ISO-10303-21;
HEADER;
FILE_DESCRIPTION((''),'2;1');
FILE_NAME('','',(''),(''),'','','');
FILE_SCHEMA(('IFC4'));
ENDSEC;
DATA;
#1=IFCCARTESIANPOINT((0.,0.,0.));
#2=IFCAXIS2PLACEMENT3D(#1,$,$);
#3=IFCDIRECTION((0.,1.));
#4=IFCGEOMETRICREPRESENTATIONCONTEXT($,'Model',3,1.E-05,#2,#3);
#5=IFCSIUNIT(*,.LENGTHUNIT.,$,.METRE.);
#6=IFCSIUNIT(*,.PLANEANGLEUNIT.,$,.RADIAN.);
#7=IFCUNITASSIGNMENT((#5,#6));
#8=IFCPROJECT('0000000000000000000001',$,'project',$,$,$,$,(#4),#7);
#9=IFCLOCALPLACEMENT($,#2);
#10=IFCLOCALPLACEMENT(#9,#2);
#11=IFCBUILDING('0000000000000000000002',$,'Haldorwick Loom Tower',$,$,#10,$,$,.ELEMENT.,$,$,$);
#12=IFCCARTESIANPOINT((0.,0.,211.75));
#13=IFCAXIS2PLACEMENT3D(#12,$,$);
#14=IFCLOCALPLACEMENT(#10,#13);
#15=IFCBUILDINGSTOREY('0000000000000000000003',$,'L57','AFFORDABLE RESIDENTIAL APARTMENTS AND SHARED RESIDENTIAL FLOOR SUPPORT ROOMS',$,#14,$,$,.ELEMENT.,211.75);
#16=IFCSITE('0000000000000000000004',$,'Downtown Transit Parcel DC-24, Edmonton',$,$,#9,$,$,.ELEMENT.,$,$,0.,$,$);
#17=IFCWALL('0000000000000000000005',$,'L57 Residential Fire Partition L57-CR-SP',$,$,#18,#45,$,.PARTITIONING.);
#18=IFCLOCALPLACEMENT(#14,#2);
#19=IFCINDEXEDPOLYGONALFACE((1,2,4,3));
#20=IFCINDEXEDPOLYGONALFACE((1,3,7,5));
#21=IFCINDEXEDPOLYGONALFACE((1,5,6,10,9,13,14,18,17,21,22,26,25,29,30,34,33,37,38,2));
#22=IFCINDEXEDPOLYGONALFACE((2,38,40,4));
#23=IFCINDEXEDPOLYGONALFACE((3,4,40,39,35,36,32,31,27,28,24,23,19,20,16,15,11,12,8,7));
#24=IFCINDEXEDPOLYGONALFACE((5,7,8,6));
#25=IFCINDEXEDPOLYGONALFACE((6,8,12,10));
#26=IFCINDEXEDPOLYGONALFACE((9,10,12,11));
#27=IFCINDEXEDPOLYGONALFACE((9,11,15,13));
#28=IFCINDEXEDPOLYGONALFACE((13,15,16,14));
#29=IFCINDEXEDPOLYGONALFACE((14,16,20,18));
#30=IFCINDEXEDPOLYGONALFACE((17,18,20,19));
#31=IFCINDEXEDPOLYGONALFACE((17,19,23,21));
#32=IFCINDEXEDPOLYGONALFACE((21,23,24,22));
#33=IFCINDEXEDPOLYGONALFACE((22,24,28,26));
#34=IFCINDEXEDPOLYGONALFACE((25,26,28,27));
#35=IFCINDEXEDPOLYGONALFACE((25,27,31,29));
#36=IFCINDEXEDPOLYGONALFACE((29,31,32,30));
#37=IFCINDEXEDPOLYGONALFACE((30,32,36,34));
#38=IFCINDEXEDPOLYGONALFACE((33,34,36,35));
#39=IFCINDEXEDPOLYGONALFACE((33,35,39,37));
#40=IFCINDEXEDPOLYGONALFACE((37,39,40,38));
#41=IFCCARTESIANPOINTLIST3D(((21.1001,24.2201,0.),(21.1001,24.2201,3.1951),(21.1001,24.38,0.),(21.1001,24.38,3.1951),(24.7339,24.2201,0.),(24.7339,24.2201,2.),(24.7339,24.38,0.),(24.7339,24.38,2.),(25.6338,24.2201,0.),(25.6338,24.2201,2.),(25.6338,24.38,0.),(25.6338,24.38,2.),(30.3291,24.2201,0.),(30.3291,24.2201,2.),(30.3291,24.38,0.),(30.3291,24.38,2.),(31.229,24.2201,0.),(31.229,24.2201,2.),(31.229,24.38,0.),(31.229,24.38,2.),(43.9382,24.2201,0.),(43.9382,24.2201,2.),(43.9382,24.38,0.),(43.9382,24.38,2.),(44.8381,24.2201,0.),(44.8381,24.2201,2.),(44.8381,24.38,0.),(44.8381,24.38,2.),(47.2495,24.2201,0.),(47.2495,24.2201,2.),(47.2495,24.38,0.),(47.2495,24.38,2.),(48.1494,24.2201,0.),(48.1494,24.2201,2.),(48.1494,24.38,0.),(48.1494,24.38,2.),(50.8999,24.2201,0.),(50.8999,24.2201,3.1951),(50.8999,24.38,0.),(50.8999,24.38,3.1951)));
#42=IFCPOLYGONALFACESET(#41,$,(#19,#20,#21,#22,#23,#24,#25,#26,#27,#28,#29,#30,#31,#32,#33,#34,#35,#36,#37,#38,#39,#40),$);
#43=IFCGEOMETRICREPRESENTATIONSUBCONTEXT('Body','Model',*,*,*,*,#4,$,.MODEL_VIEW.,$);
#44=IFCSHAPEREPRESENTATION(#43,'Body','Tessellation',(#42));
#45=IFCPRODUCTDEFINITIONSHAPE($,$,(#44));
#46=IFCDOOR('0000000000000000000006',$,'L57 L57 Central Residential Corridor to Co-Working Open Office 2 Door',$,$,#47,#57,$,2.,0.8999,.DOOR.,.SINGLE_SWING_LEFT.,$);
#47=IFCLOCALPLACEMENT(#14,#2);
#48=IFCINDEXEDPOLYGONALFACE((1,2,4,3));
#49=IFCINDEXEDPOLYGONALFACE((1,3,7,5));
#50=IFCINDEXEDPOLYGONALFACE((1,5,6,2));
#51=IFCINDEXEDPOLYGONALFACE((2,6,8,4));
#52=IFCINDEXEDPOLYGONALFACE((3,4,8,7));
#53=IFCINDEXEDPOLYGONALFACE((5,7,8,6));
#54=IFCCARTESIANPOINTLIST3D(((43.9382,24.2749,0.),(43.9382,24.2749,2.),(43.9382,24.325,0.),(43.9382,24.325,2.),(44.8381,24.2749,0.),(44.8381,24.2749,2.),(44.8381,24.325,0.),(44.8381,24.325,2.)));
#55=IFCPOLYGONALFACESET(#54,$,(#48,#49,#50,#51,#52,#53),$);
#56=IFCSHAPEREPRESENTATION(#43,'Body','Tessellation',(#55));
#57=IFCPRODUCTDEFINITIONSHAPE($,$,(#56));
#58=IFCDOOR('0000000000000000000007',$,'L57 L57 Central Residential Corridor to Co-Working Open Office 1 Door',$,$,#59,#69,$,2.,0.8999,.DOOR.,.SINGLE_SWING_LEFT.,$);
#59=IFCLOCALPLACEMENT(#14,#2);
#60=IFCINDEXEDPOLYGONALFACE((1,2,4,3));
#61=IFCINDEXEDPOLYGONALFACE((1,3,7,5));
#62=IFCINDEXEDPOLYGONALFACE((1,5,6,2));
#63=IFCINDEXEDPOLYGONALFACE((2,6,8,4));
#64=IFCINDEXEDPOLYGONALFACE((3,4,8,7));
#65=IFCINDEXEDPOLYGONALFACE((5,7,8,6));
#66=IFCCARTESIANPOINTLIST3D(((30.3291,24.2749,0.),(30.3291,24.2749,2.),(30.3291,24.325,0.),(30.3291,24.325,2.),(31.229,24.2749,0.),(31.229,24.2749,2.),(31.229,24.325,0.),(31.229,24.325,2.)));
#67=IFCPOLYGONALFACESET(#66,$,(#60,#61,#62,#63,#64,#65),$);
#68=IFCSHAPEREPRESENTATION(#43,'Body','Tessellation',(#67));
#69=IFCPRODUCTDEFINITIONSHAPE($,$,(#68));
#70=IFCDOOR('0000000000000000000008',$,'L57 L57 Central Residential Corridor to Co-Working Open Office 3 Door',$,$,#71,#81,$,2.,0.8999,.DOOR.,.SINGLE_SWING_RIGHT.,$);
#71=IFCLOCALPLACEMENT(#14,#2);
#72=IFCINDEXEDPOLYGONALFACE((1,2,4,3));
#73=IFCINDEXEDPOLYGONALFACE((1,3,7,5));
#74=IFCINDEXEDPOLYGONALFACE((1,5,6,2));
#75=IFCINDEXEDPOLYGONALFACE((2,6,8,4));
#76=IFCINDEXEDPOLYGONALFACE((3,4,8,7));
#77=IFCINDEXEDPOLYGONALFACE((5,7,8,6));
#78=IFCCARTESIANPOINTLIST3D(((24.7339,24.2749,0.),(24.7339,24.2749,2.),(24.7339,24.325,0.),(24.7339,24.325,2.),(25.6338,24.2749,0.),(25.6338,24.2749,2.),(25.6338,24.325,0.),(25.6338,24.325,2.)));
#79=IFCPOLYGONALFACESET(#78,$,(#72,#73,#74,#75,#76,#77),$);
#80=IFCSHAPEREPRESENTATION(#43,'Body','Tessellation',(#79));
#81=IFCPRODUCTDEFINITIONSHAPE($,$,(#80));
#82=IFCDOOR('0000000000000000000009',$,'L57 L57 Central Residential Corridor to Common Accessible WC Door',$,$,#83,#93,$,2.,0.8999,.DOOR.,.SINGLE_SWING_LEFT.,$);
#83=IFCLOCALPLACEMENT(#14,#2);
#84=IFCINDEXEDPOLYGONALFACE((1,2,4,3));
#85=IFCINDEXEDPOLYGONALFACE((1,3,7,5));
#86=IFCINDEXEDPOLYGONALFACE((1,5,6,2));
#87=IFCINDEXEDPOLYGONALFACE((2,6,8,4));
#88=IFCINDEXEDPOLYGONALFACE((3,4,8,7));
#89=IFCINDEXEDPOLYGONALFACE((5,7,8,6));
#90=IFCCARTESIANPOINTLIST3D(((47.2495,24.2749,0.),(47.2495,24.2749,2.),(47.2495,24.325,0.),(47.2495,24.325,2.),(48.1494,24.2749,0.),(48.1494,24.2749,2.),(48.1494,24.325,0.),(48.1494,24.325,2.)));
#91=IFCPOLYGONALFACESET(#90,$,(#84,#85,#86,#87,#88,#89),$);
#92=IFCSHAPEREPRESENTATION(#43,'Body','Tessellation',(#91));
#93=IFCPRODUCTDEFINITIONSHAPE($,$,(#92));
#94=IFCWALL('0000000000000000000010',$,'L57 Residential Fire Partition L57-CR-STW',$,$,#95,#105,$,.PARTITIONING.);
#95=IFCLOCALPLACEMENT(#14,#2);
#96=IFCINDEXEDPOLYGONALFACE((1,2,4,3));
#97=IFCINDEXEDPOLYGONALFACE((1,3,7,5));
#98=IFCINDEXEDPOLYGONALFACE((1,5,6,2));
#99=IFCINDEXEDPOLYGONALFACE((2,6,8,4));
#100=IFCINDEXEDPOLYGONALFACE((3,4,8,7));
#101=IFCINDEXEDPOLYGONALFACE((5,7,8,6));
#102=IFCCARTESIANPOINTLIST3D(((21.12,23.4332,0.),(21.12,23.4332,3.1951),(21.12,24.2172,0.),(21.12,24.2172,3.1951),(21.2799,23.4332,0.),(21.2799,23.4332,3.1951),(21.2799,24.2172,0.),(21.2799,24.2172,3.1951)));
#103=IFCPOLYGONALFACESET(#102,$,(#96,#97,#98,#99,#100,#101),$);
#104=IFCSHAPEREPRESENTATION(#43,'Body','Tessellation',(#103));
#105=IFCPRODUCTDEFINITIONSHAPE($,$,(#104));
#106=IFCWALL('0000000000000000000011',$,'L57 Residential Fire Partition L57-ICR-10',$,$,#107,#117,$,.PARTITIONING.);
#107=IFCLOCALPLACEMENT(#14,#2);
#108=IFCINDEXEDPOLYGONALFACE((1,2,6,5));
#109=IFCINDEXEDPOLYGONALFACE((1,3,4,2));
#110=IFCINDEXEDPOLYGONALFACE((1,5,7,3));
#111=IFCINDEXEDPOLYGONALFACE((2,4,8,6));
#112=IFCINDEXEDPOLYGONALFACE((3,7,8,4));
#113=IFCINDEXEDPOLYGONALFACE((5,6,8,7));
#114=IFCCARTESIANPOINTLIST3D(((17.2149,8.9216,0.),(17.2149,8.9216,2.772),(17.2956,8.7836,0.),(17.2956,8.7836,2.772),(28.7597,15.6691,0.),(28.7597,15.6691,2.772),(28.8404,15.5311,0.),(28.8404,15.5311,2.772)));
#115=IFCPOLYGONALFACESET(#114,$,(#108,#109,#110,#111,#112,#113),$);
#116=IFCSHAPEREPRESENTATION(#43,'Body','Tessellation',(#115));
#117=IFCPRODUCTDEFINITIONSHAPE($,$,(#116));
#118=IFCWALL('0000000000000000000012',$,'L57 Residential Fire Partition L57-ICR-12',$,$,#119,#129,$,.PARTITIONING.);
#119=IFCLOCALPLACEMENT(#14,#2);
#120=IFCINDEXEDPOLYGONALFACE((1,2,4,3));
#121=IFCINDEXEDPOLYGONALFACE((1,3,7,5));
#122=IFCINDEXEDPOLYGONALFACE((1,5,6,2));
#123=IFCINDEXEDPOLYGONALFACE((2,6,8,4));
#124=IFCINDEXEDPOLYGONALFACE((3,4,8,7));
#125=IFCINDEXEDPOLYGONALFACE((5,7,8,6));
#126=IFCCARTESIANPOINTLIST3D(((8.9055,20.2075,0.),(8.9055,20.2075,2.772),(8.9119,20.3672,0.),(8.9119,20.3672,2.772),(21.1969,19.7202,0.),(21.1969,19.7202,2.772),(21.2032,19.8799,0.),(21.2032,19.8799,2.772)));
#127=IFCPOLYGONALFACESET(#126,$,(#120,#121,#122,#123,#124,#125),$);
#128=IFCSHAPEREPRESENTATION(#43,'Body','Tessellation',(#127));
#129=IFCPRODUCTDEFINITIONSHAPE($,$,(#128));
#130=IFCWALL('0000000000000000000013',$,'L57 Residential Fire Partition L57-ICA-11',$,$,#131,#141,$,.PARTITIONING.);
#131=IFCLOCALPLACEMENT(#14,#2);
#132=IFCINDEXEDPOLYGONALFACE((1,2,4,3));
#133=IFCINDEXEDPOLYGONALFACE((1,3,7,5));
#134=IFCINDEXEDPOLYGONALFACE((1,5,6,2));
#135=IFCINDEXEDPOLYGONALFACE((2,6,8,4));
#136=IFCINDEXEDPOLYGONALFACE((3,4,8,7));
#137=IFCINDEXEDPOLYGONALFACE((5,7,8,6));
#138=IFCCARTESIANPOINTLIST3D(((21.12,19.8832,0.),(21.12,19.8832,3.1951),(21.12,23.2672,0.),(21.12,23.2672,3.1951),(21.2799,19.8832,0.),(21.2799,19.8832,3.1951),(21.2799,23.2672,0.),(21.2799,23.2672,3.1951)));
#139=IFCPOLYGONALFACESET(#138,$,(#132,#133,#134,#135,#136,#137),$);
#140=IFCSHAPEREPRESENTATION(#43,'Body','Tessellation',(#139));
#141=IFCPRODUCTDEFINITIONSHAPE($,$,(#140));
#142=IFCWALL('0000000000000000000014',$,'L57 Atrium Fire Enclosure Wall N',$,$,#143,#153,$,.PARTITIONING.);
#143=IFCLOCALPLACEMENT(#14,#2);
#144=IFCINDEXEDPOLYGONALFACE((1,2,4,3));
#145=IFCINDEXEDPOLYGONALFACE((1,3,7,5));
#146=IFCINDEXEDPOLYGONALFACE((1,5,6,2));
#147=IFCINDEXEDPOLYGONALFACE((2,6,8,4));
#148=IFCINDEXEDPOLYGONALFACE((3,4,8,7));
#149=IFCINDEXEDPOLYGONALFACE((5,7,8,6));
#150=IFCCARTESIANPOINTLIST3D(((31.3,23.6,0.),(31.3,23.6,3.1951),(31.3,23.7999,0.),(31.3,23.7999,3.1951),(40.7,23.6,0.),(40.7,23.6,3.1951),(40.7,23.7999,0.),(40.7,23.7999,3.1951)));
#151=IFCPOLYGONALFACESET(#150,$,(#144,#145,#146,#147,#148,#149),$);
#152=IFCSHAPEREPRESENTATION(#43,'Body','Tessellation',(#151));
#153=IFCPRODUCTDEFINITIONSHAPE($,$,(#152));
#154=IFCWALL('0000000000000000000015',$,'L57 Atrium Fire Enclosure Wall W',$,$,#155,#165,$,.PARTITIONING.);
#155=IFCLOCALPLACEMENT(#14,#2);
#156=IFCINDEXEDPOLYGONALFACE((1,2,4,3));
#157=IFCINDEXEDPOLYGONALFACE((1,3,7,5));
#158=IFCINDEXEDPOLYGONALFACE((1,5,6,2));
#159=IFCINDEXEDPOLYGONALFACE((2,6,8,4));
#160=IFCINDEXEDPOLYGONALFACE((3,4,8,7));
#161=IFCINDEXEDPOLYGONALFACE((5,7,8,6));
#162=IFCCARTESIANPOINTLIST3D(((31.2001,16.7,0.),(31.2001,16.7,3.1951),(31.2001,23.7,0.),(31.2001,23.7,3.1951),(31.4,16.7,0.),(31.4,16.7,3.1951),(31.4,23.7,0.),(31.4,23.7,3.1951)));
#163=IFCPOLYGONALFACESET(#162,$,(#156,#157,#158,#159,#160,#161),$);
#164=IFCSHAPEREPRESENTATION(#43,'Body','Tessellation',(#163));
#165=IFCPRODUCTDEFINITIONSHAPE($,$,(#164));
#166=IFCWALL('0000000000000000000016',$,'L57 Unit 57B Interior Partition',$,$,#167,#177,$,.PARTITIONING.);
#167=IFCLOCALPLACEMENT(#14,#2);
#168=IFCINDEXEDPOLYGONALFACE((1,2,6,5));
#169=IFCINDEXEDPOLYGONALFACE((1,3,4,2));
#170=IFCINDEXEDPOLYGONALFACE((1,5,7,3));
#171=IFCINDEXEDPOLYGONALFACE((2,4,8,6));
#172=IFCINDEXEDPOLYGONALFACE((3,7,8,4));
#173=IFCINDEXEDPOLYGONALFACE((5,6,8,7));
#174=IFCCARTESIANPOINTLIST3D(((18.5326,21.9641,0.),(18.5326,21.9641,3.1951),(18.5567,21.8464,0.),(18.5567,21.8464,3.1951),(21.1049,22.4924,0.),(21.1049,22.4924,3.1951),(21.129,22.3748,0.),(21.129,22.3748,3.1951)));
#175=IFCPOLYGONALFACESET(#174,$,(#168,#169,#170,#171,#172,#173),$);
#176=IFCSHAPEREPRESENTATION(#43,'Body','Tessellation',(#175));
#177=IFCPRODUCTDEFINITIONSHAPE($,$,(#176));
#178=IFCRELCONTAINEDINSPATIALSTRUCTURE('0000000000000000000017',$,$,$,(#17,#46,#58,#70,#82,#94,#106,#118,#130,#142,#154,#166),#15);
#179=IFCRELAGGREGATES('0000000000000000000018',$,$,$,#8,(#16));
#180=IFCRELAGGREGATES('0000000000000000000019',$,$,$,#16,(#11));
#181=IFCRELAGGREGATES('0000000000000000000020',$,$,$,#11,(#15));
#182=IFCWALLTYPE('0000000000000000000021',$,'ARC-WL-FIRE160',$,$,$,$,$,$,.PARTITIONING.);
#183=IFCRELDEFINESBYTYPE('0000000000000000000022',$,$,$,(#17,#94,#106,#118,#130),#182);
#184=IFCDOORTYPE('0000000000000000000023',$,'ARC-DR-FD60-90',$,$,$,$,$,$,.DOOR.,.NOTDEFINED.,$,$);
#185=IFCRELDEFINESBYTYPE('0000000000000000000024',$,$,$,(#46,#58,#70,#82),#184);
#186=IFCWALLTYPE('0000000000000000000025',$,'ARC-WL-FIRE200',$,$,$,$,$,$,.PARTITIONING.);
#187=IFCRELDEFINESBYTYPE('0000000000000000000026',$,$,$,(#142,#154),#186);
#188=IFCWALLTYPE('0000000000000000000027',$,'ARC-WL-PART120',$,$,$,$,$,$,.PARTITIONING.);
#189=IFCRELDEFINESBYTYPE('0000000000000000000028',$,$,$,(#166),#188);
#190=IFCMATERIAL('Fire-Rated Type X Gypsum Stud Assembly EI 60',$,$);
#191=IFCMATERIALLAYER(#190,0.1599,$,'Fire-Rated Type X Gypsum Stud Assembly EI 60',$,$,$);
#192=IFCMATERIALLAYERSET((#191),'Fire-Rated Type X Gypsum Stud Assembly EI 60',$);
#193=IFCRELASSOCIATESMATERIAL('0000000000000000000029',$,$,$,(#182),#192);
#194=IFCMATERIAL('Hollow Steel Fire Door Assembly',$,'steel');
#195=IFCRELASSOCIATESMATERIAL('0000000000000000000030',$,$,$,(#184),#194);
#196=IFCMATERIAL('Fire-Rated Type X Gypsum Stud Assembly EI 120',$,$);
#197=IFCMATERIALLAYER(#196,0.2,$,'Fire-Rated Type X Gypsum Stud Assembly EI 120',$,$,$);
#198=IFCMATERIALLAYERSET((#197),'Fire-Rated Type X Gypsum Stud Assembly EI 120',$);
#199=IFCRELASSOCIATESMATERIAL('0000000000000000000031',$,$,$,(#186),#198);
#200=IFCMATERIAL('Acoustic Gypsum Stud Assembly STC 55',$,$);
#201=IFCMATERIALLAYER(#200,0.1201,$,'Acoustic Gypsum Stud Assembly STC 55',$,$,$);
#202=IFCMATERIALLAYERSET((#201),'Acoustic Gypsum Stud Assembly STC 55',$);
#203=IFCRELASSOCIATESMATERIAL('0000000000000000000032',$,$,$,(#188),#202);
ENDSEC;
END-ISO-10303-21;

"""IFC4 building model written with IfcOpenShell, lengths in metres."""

from ifc_helpers import new_model, si_unit, direction, frame, frame_2d, origin, place, context, subcontext, project, spatial, rectangle, extrude, material, layer, layer_set, type_object, element, fill, save


model = new_model("IFC4")

# Units and contexts
model_context = context("Model", 3, precision=1e-05, world=origin(), true_north=direction((0.0, 1.0)))
body_context = subcontext(model_context, "Body", "Model", "MODEL_VIEW")
ifc_project = project(units=[si_unit("LENGTHUNIT", "METRE"), si_unit("PLANEANGLEUNIT", "RADIAN")], contexts=[model_context])

# Site, building, storey
site_placement = place(None, origin())
site = spatial("IfcSite", under=ifc_project, at=site_placement, Name="Downtown Transit Parcel DC-24, Edmonton", CompositionType="ELEMENT", RefElevation=0.0)
building_placement = place(site_placement, origin())
building = spatial("IfcBuilding", under=site, at=building_placement, Name="Haldorwick Loom Tower", CompositionType="ELEMENT")
storey_placement = place(building_placement, frame((0.0, 0.0, 211.75)))
storey = spatial("IfcBuildingStorey", under=building, at=storey_placement, Name="L57", Description="AFFORDABLE RESIDENTIAL APARTMENTS AND SHARED RESIDENTIAL FLOOR SUPPORT ROOMS", CompositionType="ELEMENT", Elevation=211.75)

# Wall, openings, doors
ifc_material_1 = material(Name="Fire-Rated Type X Gypsum Stud Assembly EI 60")
ifc_layer_1 = layer(ifc_material_1, 0.1599, Name="Fire-Rated Type X Gypsum Stud Assembly EI 60")
ifc_layer_set_1 = layer_set([ifc_layer_1], Name="Fire-Rated Type X Gypsum Stud Assembly EI 60")
wall_type_1 = type_object("IfcWallType", Name="ARC-WL-FIRE160", PredefinedType="PARTITIONING", material=ifc_layer_set_1)
wall_1_placement = place(storey_placement, frame((21.1001, 24.3, 0.0), z_axis=(0.0, 0.0, 1.0), x_axis=(1.0, 0.0, 0.0)))
wall_1 = element("IfcWall", 1, at=wall_1_placement, inside=storey, type_object=wall_type_1, Name="L57 Residential Fire Partition L57-CR-SP", PredefinedType="PARTITIONING", context=body_context, shape_type="SweptSolid", body=[
    extrude(rectangle(XDim=29.7998, YDim=0.1599, at=frame_2d((14.8999, 0.0))), origin(), (0.0, 0.0, 1.0), 3.1951),
])
opening_1_placement = place(wall_1_placement, frame((22.8381, 0.0, 0.0)))
opening_1 = element("IfcOpeningElement", 2, at=opening_1_placement, cuts=wall_1, PredefinedType="OPENING", context=body_context, shape_type="SweptSolid", body=[
    extrude(rectangle(XDim=0.8999, YDim=2.0, at=frame_2d((0.45, 1.0))), frame((0.0, 0.0898, 0.0), z_axis=(0.0, -1.0, 0.0), x_axis=(1.0, 0.0, 0.0)), (0.0, 0.0, 1.0), 0.1799),
])
opening_2_placement = place(wall_1_placement, frame((9.229, 0.0, 0.0)))
opening_2 = element("IfcOpeningElement", 3, at=opening_2_placement, cuts=wall_1, PredefinedType="OPENING", context=body_context, shape_type="SweptSolid", body=[
    extrude(rectangle(XDim=0.8999, YDim=2.0, at=frame_2d((0.45, 1.0))), frame((0.0, 0.0898, 0.0), z_axis=(0.0, -1.0, 0.0), x_axis=(1.0, 0.0, 0.0)), (0.0, 0.0, 1.0), 0.1799),
])
opening_3_placement = place(wall_1_placement, frame((3.6338, 0.0, 0.0)))
opening_3 = element("IfcOpeningElement", 4, at=opening_3_placement, cuts=wall_1, PredefinedType="OPENING", context=body_context, shape_type="SweptSolid", body=[
    extrude(rectangle(XDim=0.8999, YDim=2.0, at=frame_2d((0.45, 1.0))), frame((0.0, 0.0898, 0.0), z_axis=(0.0, -1.0, 0.0), x_axis=(1.0, 0.0, 0.0)), (0.0, 0.0, 1.0), 0.1799),
])
opening_4_placement = place(wall_1_placement, frame((26.1494, 0.0, 0.0)))
opening_4 = element("IfcOpeningElement", 5, at=opening_4_placement, cuts=wall_1, PredefinedType="OPENING", context=body_context, shape_type="SweptSolid", body=[
    extrude(rectangle(XDim=0.8999, YDim=2.0, at=frame_2d((0.45, 1.0))), frame((0.0, 0.0898, 0.0), z_axis=(0.0, -1.0, 0.0), x_axis=(1.0, 0.0, 0.0)), (0.0, 0.0, 1.0), 0.1799),
])
ifc_material_2 = material(Name="Hollow Steel Fire Door Assembly", Category="steel")
door_type_1 = type_object("IfcDoorType", Name="ARC-DR-FD60-90", OperationType="NOTDEFINED", PredefinedType="DOOR", material=ifc_material_2)
door_1_placement = place(opening_1_placement, origin())
door_1 = element("IfcDoor", 6, at=door_1_placement, inside=storey, type_object=door_type_1, Name="L57 L57 Central Residential Corridor to Co-Working Open Office 2 Door", OperationType="SINGLE_SWING_LEFT", OverallHeight=2.0, OverallWidth=0.8999, PredefinedType="DOOR", context=body_context, shape_type="SweptSolid", body=[
    extrude(rectangle(XDim=0.8999, YDim=2.0, at=frame_2d((0.45, 1.0))), frame((0.0, 0.0249, 0.0), z_axis=(0.0, -1.0, 0.0), x_axis=(1.0, 0.0, 0.0)), (0.0, 0.0, 1.0), 0.05),
])
fill(opening_1, door_1)
door_2_placement = place(opening_2_placement, origin())
door_2 = element("IfcDoor", 7, at=door_2_placement, inside=storey, type_object=door_type_1, Name="L57 L57 Central Residential Corridor to Co-Working Open Office 1 Door", OperationType="SINGLE_SWING_LEFT", OverallHeight=2.0, OverallWidth=0.8999, PredefinedType="DOOR", context=body_context, shape_type="SweptSolid", body=[
    extrude(rectangle(XDim=0.8999, YDim=2.0, at=frame_2d((0.45, 1.0))), frame((0.0, 0.0249, 0.0), z_axis=(0.0, -1.0, 0.0), x_axis=(1.0, 0.0, 0.0)), (0.0, 0.0, 1.0), 0.05),
])
fill(opening_2, door_2)
door_3_placement = place(opening_3_placement, origin())
door_3 = element("IfcDoor", 8, at=door_3_placement, inside=storey, type_object=door_type_1, Name="L57 L57 Central Residential Corridor to Co-Working Open Office 3 Door", OperationType="SINGLE_SWING_RIGHT", OverallHeight=2.0, OverallWidth=0.8999, PredefinedType="DOOR", context=body_context, shape_type="SweptSolid", body=[
    extrude(rectangle(XDim=0.8999, YDim=2.0, at=frame_2d((0.45, 1.0))), frame((0.0, 0.0249, 0.0), z_axis=(0.0, -1.0, 0.0), x_axis=(1.0, 0.0, 0.0)), (0.0, 0.0, 1.0), 0.05),
])
fill(opening_3, door_3)
door_4_placement = place(opening_4_placement, origin())
door_4 = element("IfcDoor", 9, at=door_4_placement, inside=storey, type_object=door_type_1, Name="L57 L57 Central Residential Corridor to Common Accessible WC Door", OperationType="SINGLE_SWING_LEFT", OverallHeight=2.0, OverallWidth=0.8999, PredefinedType="DOOR", context=body_context, shape_type="SweptSolid", body=[
    extrude(rectangle(XDim=0.8999, YDim=2.0, at=frame_2d((0.45, 1.0))), frame((0.0, 0.0249, 0.0), z_axis=(0.0, -1.0, 0.0), x_axis=(1.0, 0.0, 0.0)), (0.0, 0.0, 1.0), 0.05),
])
fill(opening_4, door_4)

# Walls
wall_2_placement = place(storey_placement, frame((21.2, 23.4331, 0.0), z_axis=(0.0, 0.0, 1.0), x_axis=(0.0, 1.0, 0.0)))
element("IfcWall", 10, at=wall_2_placement, inside=storey, type_object=wall_type_1, Name="L57 Residential Fire Partition L57-CR-STW", PredefinedType="PARTITIONING", context=body_context, shape_type="SweptSolid", body=[
    extrude(rectangle(XDim=0.7839, YDim=0.1599, at=frame_2d((0.3921, 0.0))), origin(), (0.0, 0.0, 1.0), 3.1951),
])
wall_3_placement = place(storey_placement, frame((28.8, 15.6001, 0.0), z_axis=(0.0, 0.0, 1.0), x_axis=(-0.863355, -0.504597, 0.0)))
element("IfcWall", 11, at=wall_3_placement, inside=storey, type_object=wall_type_1, Name="L57 Residential Fire Partition L57-ICR-10", PredefinedType="PARTITIONING", context=body_context, shape_type="SweptSolid", body=[
    extrude(rectangle(XDim=13.3721, YDim=0.1599, at=frame_2d((6.686, 0.0))), origin(), (0.0, 0.0, 1.0), 2.772),
])
wall_4_placement = place(storey_placement, frame((21.2, 19.8, 0.0), z_axis=(0.0, 0.0, 1.0), x_axis=(-0.999215, 0.039615, 0.0)))
element("IfcWall", 12, at=wall_4_placement, inside=storey, type_object=wall_type_1, Name="L57 Residential Fire Partition L57-ICR-12", PredefinedType="PARTITIONING", context=body_context, shape_type="SweptSolid", body=[
    extrude(rectangle(XDim=12.301, YDim=0.1599, at=frame_2d((6.1504, 0.0))), origin(), (0.0, 0.0, 1.0), 2.772),
])
wall_5_placement = place(storey_placement, frame((21.2, 23.2671, 0.0), z_axis=(0.0, 0.0, 1.0), x_axis=(0.0, -1.0, 0.0)))
element("IfcWall", 13, at=wall_5_placement, inside=storey, type_object=wall_type_1, Name="L57 Residential Fire Partition L57-ICA-11", PredefinedType="PARTITIONING", context=body_context, shape_type="SweptSolid", body=[
    extrude(rectangle(XDim=3.384, YDim=0.1599, at=frame_2d((1.6919, 0.0))), origin(), (0.0, 0.0, 1.0), 3.1951),
])
ifc_material_3 = material(Name="Fire-Rated Type X Gypsum Stud Assembly EI 120")
ifc_layer_2 = layer(ifc_material_3, 0.2, Name="Fire-Rated Type X Gypsum Stud Assembly EI 120")
ifc_layer_set_2 = layer_set([ifc_layer_2], Name="Fire-Rated Type X Gypsum Stud Assembly EI 120")
wall_type_2 = type_object("IfcWallType", Name="ARC-WL-FIRE200", PredefinedType="PARTITIONING", material=ifc_layer_set_2)
wall_6_placement = place(storey_placement, frame((31.3, 23.7, 0.0), z_axis=(0.0, 0.0, 1.0), x_axis=(1.0, 0.0, 0.0)))
element("IfcWall", 14, at=wall_6_placement, inside=storey, type_object=wall_type_2, Name="L57 Atrium Fire Enclosure Wall N", PredefinedType="PARTITIONING", context=body_context, shape_type="SweptSolid", body=[
    extrude(rectangle(XDim=9.3999, YDim=0.2, at=frame_2d((4.7, 0.0))), origin(), (0.0, 0.0, 1.0), 3.1951),
])
wall_7_placement = place(storey_placement, frame((31.3, 16.7, 0.0), z_axis=(0.0, 0.0, 1.0), x_axis=(0.0, 1.0, 0.0)))
element("IfcWall", 15, at=wall_7_placement, inside=storey, type_object=wall_type_2, Name="L57 Atrium Fire Enclosure Wall W", PredefinedType="PARTITIONING", context=body_context, shape_type="SweptSolid", body=[
    extrude(rectangle(XDim=7.0, YDim=0.2, at=frame_2d((3.5, 0.0))), origin(), (0.0, 0.0, 1.0), 3.1951),
])
ifc_material_4 = material(Name="Acoustic Gypsum Stud Assembly STC 55")
ifc_layer_3 = layer(ifc_material_4, 0.1201, Name="Acoustic Gypsum Stud Assembly STC 55")
ifc_layer_set_3 = layer_set([ifc_layer_3], Name="Acoustic Gypsum Stud Assembly STC 55")
wall_type_3 = type_object("IfcWallType", Name="ARC-WL-PART120", PredefinedType="PARTITIONING", material=ifc_layer_set_3)
wall_8_placement = place(storey_placement, frame((21.1169, 22.4336, 0.0), z_axis=(0.0, 0.0, 1.0), x_axis=(-0.979552, -0.201191, 0.0)))
element("IfcWall", 16, at=wall_8_placement, inside=storey, type_object=wall_type_3, Name="L57 Unit 57B Interior Partition", PredefinedType="PARTITIONING", context=body_context, shape_type="SweptSolid", body=[
    extrude(rectangle(XDim=2.626, YDim=0.1201, at=frame_2d((1.313, 0.0))), origin(), (0.0, 0.0, 1.0), 3.1951),
])

save(model, "model.ifc")
